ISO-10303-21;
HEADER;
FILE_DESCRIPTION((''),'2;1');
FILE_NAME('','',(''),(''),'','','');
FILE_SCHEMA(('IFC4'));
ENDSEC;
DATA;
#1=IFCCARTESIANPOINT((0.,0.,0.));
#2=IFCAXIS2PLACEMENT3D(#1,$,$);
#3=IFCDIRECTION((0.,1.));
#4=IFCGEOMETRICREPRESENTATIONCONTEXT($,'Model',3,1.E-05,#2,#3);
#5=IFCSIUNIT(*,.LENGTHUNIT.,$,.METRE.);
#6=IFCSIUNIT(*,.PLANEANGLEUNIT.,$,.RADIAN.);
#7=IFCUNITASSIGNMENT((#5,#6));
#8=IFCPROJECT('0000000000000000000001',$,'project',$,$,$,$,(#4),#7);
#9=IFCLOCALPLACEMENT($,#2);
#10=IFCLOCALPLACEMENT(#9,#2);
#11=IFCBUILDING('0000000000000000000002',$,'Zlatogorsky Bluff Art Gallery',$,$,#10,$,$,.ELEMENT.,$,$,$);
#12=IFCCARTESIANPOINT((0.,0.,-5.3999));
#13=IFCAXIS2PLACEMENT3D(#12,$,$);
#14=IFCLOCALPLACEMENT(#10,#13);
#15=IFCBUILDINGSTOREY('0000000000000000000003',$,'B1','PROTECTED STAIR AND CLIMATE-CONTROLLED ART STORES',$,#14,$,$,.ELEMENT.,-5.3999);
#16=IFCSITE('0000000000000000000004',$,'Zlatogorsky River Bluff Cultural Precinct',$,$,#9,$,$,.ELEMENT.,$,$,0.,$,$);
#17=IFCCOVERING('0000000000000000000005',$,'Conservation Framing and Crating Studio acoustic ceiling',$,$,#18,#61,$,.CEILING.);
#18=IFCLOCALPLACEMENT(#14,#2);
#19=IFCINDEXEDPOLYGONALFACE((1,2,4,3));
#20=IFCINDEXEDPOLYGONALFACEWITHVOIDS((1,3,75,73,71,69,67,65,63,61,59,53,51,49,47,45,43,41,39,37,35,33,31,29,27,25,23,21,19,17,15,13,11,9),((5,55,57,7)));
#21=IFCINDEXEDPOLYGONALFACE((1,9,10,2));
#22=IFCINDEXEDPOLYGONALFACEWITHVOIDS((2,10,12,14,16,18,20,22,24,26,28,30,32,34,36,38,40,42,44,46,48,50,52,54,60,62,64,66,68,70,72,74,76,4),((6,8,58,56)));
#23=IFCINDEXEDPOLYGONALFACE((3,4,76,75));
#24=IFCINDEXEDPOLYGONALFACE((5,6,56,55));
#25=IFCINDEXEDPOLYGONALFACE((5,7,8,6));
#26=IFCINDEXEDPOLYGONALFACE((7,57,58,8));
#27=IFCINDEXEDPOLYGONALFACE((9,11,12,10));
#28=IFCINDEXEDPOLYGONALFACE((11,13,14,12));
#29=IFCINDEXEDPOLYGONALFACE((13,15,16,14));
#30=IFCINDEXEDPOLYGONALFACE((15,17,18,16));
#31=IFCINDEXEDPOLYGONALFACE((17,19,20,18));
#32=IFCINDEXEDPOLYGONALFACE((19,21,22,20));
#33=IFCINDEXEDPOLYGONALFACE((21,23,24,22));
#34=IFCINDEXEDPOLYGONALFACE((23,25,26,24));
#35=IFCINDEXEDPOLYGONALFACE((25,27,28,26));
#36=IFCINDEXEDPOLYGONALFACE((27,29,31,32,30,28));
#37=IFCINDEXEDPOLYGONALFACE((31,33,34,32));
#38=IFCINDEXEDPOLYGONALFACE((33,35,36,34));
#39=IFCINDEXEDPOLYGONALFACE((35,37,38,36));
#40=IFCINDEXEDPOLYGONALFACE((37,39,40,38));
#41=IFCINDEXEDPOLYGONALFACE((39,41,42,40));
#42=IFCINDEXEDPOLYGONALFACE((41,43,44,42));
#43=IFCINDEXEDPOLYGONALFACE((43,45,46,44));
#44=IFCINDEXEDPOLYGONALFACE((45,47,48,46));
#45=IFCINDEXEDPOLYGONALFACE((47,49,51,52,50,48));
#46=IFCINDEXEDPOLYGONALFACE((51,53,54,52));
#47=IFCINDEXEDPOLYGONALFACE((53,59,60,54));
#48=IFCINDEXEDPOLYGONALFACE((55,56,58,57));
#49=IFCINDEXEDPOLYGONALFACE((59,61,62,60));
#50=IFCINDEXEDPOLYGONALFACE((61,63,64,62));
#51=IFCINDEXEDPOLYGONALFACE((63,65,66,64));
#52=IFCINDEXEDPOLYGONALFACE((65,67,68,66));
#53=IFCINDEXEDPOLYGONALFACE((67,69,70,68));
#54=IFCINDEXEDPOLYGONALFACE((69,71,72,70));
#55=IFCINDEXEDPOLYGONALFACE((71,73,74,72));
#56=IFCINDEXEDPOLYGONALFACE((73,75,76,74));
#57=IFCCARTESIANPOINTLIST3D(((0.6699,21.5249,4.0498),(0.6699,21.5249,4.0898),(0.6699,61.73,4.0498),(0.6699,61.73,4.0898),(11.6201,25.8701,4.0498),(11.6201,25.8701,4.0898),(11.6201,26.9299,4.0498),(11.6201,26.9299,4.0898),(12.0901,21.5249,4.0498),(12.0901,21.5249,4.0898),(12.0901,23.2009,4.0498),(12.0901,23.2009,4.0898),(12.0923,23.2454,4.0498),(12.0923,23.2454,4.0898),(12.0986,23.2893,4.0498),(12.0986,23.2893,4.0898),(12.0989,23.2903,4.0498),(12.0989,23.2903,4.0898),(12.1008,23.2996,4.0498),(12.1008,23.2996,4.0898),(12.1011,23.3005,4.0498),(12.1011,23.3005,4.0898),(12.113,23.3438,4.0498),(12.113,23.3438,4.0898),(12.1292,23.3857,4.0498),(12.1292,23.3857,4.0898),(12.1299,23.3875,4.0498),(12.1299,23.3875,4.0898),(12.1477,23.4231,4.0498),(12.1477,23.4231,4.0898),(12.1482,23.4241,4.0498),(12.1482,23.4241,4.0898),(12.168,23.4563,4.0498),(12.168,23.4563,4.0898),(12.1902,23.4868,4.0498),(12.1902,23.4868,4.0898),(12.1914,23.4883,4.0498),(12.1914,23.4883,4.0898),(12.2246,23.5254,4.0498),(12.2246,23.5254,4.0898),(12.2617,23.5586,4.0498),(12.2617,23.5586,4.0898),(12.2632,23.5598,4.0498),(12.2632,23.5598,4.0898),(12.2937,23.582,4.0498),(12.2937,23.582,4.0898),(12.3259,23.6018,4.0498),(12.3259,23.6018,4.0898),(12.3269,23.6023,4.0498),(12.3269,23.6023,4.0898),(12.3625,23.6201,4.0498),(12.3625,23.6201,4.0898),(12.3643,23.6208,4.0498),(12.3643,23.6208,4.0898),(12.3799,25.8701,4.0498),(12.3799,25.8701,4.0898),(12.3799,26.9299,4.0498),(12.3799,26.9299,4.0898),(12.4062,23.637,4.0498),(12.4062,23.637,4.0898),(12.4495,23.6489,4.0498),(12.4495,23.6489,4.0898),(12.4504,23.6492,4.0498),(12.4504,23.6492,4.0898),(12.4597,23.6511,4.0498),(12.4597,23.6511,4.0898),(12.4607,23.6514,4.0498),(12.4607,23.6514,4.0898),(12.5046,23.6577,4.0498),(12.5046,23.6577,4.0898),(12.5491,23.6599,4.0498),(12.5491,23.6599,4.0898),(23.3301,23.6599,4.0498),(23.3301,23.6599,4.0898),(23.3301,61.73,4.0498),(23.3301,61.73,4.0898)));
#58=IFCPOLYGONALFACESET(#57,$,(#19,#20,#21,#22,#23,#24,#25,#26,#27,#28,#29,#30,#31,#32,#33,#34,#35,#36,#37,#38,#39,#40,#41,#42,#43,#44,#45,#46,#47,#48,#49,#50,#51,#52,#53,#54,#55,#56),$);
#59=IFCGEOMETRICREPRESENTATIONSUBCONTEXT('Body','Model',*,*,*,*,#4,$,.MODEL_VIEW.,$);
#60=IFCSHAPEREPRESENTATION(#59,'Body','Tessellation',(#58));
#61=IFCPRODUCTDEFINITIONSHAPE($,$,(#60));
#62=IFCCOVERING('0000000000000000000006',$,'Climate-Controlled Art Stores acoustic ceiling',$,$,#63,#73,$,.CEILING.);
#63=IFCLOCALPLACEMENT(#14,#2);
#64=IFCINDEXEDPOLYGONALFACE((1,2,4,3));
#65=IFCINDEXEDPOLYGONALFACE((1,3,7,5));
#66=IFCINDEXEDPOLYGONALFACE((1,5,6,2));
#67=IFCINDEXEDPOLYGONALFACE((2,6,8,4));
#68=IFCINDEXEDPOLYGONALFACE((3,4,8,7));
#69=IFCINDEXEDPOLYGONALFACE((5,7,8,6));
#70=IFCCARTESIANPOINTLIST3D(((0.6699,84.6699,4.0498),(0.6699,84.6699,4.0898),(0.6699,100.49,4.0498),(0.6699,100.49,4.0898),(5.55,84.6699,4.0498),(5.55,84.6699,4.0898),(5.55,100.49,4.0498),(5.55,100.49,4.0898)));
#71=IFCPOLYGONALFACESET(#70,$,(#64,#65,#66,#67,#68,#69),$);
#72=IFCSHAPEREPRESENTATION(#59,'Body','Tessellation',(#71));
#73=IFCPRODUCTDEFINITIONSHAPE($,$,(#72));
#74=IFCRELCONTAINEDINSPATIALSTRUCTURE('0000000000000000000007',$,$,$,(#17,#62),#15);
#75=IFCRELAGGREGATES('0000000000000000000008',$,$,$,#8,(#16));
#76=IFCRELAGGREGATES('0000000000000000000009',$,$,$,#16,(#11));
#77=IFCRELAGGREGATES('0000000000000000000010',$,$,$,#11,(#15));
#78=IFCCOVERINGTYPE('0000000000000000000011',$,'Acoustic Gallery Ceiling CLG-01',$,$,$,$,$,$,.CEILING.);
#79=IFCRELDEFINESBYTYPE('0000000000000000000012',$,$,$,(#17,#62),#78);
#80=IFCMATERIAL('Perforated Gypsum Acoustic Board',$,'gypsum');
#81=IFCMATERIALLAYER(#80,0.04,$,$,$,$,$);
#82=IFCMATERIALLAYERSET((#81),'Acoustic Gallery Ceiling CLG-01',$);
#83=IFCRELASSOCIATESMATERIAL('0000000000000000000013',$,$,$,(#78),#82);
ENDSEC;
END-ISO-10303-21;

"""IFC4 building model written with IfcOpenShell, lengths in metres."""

from ifc_helpers import new_model, si_unit, direction, frame, origin, place, context, subcontext, project, spatial, polyline, outline, extrude, material, layer, layer_set, type_object, element, save


model = new_model("IFC4")

# Units and contexts
model_context = context("Model", 3, precision=1e-05, world=origin(), true_north=direction((0.0, 1.0)))
body_context = subcontext(model_context, "Body", "Model", "MODEL_VIEW")
ifc_project = project(units=[si_unit("LENGTHUNIT", "METRE"), si_unit("PLANEANGLEUNIT", "RADIAN")], contexts=[model_context])

# Site, building, storey
site_placement = place(None, origin())
site = spatial("IfcSite", under=ifc_project, at=site_placement, Name="Zlatogorsky River Bluff Cultural Precinct", CompositionType="ELEMENT", RefElevation=0.0)
building_placement = place(site_placement, origin())
building = spatial("IfcBuilding", under=site, at=building_placement, Name="Zlatogorsky Bluff Art Gallery", CompositionType="ELEMENT")
storey_placement = place(building_placement, frame((0.0, 0.0, -5.3999)))
storey = spatial("IfcBuildingStorey", under=building, at=storey_placement, Name="B1", Description="PROTECTED STAIR AND CLIMATE-CONTROLLED ART STORES", CompositionType="ELEMENT", Elevation=-5.3999)

# Coverings
ifc_material_1 = material(Name="Perforated Gypsum Acoustic Board", Category="gypsum")
ifc_layer_1 = layer(ifc_material_1, 0.04)
ifc_layer_set_1 = layer_set([ifc_layer_1], Name="Acoustic Gallery Ceiling CLG-01")
covering_type_1 = type_object("IfcCoveringType", Name="Acoustic Gallery Ceiling CLG-01", PredefinedType="CEILING", material=ifc_layer_set_1)
covering_1_placement = place(storey_placement, frame((0.0, 0.0, 4.0498)))
element("IfcCovering", 1, at=covering_1_placement, inside=storey, type_object=covering_type_1, Name="Conservation Framing and Crating Studio acoustic ceiling", PredefinedType="CEILING", context=body_context, shape_type="SweptSolid", body=[
    extrude(outline(polyline([(12.5491, 23.6599), (12.5046, 23.6577), (12.4607, 23.6514), (12.4597, 23.6511), (12.4504, 23.6492), (12.4495, 23.6489), (12.4062, 23.637), (12.3643, 23.6208), (12.3625, 23.6201), (12.3269, 23.6023), (12.3259, 23.6018), (12.2937, 23.582), (12.2632, 23.5598), (12.2617, 23.5586), (12.2246, 23.5254), (12.1914, 23.4883), (12.1902, 23.4868), (12.168, 23.4563), (12.1482, 23.4241), (12.1477, 23.4231), (12.1299, 23.3875), (12.1292, 23.3857), (12.113, 23.3438), (12.1011, 23.3005), (12.1008, 23.2996), (12.0989, 23.2903), (12.0986, 23.2893), (12.0923, 23.2454), (12.0901, 23.2009), (12.0901, 21.5249), (0.6699, 21.5249), (0.6699, 61.73), (23.3301, 61.73), (23.3301, 23.6599), (12.5491, 23.6599)]), holes=[polyline([(11.6201, 25.8701), (12.3799, 25.8701), (12.3799, 26.9299), (11.6201, 26.9299), (11.6201, 25.8701)])]), origin(), (0.0, 0.0, 1.0), 0.04),
])
covering_2_placement = place(storey_placement, frame((0.0, 0.0, 4.0498)))
element("IfcCovering", 2, at=covering_2_placement, inside=storey, type_object=covering_type_1, Name="Climate-Controlled Art Stores acoustic ceiling", PredefinedType="CEILING", context=body_context, shape_type="SweptSolid", body=[
    extrude(outline(polyline([(0.6699, 100.49), (5.55, 100.49), (5.55, 84.6699), (0.6699, 84.6699), (0.6699, 100.49)])), origin(), (0.0, 0.0, 1.0), 0.04),
])

save(model, "model.ifc")
